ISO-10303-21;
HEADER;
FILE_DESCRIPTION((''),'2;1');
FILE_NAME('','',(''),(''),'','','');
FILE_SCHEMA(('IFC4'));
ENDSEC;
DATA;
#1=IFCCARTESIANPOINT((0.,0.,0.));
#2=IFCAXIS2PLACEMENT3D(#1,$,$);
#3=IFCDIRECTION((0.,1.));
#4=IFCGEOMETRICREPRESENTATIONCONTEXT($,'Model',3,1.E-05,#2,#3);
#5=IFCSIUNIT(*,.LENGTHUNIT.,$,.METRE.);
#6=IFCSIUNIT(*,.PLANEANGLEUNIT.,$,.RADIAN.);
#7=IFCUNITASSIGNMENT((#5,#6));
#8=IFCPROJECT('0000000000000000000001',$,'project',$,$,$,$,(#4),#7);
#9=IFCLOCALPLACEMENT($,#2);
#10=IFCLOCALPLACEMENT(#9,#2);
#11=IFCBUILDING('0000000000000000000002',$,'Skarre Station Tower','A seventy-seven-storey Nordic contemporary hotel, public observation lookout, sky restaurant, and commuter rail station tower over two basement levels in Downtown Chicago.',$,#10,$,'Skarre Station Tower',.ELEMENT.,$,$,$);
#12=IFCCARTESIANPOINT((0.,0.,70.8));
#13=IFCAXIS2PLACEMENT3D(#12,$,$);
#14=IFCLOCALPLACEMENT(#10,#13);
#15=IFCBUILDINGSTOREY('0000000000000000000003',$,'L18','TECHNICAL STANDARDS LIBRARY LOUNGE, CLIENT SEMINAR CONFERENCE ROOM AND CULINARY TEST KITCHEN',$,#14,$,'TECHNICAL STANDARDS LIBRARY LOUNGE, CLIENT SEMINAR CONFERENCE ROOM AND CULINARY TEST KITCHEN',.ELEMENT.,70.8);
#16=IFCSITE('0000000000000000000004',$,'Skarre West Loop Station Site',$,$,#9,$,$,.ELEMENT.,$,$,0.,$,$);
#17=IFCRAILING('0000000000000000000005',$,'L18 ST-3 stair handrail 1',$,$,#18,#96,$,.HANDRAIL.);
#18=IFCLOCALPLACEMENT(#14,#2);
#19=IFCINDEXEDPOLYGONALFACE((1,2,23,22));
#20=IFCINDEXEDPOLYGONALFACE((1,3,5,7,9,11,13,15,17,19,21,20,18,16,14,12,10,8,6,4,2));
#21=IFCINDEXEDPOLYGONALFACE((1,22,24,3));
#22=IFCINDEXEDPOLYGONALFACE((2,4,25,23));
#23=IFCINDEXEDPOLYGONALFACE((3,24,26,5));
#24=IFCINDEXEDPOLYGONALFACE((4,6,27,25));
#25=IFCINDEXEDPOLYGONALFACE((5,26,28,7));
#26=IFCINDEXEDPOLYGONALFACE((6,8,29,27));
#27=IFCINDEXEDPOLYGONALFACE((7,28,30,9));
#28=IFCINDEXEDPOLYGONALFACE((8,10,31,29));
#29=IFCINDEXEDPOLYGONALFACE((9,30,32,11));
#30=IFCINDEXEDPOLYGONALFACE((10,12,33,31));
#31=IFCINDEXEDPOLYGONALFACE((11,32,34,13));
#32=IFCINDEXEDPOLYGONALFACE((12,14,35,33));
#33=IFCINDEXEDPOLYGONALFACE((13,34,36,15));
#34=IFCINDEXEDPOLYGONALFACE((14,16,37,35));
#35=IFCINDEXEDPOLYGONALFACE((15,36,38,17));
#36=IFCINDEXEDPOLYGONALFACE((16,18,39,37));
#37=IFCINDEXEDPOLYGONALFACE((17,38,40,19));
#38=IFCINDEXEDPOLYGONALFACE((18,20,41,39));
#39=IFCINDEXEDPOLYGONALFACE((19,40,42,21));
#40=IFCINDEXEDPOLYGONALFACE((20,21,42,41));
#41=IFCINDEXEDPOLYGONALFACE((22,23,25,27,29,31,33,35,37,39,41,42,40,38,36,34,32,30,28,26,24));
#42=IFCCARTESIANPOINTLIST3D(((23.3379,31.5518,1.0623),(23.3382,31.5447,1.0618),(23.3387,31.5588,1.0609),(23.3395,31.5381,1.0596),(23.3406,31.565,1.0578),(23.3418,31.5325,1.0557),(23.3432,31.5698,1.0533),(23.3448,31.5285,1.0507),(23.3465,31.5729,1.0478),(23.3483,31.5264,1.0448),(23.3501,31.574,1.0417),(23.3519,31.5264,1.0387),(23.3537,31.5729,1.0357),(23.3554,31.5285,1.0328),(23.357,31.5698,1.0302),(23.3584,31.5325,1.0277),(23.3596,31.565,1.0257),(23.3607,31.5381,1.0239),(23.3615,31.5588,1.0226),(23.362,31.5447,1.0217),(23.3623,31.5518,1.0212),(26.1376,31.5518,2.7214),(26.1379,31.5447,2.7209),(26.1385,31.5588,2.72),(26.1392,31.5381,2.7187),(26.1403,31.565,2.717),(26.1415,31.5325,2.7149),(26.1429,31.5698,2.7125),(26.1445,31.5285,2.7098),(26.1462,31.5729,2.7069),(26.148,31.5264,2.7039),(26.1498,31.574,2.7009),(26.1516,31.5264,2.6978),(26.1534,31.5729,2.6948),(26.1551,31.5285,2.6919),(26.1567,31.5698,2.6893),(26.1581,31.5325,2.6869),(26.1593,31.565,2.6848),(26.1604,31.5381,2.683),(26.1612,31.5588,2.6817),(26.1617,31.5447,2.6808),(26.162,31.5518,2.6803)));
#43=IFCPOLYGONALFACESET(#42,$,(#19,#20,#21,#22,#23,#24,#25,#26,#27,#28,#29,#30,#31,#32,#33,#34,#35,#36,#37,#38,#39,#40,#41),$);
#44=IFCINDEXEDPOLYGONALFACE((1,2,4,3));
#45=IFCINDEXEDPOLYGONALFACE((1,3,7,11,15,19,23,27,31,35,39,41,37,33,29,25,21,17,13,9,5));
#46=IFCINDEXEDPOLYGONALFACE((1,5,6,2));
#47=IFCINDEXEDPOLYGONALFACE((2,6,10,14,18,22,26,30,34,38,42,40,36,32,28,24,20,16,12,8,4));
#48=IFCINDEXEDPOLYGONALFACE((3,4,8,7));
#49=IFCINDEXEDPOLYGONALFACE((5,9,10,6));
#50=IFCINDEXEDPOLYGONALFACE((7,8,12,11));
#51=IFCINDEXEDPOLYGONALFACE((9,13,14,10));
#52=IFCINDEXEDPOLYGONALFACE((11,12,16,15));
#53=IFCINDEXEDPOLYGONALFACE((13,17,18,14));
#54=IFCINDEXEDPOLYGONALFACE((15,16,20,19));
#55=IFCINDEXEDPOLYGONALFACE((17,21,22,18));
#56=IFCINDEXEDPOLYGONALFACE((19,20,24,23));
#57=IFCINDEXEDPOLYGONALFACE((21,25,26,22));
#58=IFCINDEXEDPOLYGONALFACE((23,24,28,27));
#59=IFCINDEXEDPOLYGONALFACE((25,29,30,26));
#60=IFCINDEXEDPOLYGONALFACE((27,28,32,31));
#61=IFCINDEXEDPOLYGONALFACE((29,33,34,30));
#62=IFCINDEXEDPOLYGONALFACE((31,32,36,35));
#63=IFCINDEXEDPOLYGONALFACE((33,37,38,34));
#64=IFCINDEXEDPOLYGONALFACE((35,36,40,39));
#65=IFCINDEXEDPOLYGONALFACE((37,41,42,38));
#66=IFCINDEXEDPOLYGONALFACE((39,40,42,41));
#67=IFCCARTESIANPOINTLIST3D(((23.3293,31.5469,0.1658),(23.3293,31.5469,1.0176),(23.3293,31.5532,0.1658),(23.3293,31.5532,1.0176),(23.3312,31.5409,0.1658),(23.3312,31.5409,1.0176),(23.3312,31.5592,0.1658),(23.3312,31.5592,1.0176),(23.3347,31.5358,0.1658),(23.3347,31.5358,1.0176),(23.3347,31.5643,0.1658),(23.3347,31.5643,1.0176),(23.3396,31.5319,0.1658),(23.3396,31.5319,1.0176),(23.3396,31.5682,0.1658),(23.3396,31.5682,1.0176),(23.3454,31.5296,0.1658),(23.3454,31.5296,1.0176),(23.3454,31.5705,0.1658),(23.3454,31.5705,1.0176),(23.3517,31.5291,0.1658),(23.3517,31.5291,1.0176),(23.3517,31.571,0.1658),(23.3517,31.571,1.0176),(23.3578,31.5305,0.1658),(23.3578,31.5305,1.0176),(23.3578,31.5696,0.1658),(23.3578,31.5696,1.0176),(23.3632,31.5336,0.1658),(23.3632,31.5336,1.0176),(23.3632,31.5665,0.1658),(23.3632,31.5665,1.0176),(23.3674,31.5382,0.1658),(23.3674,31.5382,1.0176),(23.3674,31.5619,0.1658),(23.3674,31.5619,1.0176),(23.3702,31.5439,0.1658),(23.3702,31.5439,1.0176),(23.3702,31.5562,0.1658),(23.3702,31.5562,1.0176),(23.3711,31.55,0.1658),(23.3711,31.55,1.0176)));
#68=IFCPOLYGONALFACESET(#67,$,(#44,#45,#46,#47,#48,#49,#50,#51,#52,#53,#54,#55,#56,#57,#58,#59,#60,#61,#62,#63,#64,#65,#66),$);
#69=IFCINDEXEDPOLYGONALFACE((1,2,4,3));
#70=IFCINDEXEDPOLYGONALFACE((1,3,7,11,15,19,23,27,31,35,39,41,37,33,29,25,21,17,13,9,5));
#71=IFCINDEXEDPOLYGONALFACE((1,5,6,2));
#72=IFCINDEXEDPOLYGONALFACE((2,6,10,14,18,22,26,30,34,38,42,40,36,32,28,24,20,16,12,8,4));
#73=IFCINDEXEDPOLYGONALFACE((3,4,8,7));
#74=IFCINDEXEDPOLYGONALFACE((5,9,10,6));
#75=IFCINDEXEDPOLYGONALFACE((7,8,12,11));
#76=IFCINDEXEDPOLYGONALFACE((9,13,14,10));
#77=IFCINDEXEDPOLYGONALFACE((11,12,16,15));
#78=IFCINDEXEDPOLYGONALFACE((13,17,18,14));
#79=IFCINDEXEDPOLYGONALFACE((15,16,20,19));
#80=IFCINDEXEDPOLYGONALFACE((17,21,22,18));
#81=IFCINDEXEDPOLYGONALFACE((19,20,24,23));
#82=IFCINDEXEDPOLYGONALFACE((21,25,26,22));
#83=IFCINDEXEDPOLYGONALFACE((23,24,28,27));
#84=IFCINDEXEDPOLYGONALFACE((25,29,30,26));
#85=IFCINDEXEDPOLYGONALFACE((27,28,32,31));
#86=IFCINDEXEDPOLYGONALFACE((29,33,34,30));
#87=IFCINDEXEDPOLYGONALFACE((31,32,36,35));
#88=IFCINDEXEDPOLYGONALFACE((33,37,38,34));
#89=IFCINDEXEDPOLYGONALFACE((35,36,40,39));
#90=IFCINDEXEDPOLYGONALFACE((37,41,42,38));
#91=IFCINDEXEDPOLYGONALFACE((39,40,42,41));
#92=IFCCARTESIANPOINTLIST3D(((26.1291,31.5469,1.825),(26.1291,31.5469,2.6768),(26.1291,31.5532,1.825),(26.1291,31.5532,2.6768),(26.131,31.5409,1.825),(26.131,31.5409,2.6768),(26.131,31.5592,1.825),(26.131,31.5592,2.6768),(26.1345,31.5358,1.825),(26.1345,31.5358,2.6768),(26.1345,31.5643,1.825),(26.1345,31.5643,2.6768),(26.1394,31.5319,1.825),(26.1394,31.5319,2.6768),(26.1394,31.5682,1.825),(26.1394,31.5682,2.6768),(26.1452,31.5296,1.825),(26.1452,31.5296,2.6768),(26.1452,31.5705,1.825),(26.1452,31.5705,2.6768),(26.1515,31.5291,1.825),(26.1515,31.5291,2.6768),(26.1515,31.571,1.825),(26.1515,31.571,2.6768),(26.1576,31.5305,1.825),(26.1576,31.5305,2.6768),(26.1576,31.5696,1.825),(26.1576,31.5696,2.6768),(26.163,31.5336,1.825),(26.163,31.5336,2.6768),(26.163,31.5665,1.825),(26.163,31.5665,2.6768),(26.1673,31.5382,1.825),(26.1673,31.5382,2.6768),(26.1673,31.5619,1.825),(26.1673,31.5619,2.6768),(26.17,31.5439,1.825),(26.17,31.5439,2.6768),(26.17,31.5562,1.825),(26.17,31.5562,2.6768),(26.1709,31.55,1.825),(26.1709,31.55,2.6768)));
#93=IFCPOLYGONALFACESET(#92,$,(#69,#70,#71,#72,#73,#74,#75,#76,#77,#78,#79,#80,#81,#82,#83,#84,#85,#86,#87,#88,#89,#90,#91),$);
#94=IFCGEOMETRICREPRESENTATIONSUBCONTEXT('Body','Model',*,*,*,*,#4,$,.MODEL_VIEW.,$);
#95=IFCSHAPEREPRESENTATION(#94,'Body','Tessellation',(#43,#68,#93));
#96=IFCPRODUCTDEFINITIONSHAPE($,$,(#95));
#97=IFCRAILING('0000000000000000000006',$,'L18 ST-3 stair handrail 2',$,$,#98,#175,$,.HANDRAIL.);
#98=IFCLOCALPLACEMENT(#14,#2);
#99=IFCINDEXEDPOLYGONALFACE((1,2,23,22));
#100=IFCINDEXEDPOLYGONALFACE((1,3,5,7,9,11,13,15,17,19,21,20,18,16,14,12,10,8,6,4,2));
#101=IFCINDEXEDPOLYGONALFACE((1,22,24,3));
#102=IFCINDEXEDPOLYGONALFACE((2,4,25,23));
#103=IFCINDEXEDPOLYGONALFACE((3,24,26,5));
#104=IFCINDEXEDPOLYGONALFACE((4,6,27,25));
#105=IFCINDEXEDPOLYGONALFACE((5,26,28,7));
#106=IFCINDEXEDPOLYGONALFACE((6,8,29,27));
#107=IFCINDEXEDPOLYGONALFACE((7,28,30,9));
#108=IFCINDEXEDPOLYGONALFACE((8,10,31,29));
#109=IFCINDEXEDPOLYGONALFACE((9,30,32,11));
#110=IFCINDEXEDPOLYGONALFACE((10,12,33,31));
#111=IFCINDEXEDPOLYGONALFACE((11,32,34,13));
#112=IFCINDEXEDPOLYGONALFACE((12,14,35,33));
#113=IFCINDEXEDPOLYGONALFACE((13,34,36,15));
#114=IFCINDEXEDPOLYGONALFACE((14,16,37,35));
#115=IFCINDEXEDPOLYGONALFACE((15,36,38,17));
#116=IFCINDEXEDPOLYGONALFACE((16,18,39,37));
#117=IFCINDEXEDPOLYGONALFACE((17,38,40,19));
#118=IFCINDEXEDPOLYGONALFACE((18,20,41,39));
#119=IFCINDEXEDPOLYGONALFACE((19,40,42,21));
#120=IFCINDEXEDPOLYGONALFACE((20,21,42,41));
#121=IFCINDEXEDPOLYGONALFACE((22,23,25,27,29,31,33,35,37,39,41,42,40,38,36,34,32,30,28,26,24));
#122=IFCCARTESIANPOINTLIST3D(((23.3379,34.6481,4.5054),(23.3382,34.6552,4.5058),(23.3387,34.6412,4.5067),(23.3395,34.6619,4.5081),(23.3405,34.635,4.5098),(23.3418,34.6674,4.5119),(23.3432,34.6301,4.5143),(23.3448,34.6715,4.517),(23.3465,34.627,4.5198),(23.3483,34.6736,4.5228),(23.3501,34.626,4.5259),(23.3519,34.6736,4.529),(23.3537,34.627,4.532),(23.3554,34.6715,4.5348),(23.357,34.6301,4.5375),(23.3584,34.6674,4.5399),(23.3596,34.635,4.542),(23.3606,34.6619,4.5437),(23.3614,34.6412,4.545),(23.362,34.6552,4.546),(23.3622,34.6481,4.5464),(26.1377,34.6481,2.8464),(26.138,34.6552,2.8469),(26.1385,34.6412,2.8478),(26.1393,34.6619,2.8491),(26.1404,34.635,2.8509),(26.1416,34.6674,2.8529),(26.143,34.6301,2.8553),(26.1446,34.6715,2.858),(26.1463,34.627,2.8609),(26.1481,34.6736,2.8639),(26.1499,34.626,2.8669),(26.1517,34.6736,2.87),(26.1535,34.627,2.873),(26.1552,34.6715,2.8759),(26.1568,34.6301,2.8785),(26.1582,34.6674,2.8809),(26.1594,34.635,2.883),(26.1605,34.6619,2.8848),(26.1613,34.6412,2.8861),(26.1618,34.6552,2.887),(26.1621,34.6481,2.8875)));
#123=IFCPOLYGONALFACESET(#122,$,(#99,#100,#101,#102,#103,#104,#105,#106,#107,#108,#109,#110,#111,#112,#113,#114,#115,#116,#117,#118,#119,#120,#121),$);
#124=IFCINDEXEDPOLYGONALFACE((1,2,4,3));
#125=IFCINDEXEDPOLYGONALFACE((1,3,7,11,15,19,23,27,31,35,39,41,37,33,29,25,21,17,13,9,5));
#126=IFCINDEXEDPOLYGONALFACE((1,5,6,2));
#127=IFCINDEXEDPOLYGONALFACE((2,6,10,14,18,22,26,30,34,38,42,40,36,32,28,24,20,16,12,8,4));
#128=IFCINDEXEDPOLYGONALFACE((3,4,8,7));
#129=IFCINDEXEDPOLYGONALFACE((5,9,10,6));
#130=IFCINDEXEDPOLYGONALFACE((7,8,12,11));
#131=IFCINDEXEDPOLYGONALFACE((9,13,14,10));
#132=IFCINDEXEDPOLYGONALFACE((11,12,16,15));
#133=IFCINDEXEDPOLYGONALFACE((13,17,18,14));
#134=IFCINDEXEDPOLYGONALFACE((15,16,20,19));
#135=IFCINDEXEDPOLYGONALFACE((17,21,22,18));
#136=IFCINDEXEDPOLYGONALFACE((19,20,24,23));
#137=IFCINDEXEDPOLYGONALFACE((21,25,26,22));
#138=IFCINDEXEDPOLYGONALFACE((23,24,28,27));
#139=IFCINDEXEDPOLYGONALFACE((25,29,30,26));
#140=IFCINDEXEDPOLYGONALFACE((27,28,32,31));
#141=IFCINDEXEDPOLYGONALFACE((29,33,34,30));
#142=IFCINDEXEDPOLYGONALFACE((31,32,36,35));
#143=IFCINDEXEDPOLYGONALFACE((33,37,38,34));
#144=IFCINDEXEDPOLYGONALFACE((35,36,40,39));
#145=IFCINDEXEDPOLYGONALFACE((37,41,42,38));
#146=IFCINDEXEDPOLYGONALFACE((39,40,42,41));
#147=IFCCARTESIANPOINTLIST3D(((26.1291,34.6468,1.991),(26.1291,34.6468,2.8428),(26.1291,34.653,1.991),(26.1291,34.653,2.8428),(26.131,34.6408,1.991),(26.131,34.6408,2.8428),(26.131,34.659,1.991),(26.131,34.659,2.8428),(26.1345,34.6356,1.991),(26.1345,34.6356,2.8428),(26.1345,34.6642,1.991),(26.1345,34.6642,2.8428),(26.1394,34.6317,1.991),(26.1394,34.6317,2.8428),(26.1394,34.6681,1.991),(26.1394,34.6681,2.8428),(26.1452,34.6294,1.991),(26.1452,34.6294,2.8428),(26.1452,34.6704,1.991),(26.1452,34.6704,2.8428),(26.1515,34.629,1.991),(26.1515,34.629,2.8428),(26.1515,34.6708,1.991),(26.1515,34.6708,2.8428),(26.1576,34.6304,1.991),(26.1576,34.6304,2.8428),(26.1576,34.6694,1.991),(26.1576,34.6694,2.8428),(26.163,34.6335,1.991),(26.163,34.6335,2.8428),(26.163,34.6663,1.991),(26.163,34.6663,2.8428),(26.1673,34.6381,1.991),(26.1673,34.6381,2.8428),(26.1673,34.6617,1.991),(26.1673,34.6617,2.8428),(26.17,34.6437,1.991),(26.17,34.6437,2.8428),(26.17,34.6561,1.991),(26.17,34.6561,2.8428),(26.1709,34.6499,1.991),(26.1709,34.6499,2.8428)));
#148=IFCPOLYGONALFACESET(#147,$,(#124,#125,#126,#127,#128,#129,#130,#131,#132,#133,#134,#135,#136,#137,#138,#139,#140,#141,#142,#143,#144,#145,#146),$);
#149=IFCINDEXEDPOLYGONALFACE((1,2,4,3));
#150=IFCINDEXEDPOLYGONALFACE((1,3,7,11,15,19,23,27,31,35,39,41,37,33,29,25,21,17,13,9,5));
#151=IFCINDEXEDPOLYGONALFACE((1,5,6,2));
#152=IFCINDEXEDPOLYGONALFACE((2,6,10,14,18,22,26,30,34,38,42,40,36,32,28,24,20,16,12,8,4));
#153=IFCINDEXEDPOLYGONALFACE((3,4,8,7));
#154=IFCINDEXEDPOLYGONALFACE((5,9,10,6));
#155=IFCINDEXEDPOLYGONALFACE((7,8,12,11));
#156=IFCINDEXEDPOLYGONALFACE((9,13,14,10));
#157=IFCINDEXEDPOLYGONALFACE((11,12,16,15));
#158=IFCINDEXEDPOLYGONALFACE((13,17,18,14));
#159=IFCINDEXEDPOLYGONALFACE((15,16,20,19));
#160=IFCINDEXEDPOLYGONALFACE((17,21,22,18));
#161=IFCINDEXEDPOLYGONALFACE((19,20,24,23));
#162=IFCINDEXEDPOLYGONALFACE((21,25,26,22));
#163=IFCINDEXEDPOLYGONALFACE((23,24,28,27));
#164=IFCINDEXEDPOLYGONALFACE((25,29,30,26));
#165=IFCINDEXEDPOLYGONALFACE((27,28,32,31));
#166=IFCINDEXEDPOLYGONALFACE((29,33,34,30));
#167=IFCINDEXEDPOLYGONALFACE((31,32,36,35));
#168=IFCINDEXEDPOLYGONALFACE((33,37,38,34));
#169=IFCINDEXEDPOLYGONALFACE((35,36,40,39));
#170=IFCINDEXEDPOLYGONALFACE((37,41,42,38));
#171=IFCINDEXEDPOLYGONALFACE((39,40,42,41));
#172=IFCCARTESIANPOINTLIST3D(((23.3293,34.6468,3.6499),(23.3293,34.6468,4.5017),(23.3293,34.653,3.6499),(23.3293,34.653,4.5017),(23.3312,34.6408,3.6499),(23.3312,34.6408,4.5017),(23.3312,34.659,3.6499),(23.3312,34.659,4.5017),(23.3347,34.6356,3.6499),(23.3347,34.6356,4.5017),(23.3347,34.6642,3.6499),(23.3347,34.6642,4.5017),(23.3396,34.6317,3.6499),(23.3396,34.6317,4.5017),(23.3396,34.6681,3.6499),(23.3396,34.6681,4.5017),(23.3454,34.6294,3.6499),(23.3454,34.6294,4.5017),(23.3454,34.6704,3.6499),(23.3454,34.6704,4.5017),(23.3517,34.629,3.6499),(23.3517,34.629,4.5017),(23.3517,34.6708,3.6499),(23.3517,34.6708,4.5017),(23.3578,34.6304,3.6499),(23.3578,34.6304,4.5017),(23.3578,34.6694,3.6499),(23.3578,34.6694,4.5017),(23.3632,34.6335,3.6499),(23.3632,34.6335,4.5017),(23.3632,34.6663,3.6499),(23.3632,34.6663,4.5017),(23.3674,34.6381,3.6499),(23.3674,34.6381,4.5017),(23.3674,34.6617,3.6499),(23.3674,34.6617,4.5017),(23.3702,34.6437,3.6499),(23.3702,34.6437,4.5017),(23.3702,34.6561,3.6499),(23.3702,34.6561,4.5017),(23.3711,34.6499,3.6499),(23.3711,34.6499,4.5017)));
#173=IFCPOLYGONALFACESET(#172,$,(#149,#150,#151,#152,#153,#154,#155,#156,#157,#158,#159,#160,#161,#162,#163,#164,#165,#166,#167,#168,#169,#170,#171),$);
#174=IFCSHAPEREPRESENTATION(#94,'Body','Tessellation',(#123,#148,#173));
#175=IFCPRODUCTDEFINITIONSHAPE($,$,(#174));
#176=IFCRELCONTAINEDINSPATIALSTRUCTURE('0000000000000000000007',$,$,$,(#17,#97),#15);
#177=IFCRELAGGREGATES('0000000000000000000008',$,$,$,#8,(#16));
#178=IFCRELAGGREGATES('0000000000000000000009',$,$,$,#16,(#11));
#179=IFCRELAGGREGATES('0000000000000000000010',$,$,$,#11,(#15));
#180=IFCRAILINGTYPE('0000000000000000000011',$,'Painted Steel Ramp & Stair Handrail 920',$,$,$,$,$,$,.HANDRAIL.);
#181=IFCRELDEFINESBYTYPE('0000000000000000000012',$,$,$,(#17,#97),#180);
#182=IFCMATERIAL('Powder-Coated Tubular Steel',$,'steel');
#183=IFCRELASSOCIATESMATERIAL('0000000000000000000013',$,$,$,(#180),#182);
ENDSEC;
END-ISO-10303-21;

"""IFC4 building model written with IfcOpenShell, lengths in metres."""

from ifc_helpers import new_model, si_unit, direction, frame, origin, origin_2d, place, context, subcontext, project, spatial, circle, extrude, material, type_object, element, save


model = new_model("IFC4")

# Units and contexts
model_context = context("Model", 3, precision=1e-05, world=origin(), true_north=direction((0.0, 1.0)))
body_context = subcontext(model_context, "Body", "Model", "MODEL_VIEW")
ifc_project = project(units=[si_unit("LENGTHUNIT", "METRE"), si_unit("PLANEANGLEUNIT", "RADIAN")], contexts=[model_context])

# Site, building, storey
site_placement = place(None, origin())
site = spatial("IfcSite", under=ifc_project, at=site_placement, Name="Skarre West Loop Station Site", CompositionType="ELEMENT", RefElevation=0.0)
building_placement = place(site_placement, origin())
building = spatial("IfcBuilding", under=site, at=building_placement, Name="Skarre Station Tower", Description="A seventy-seven-storey Nordic contemporary hotel, public observation lookout, sky restaurant, and commuter rail station tower over two basement levels in Downtown Chicago.", LongName="Skarre Station Tower", CompositionType="ELEMENT")
storey_placement = place(building_placement, frame((0.0, 0.0, 70.8)))
storey = spatial("IfcBuildingStorey", under=building, at=storey_placement, Name="L18", Description="TECHNICAL STANDARDS LIBRARY LOUNGE, CLIENT SEMINAR CONFERENCE ROOM AND CULINARY TEST KITCHEN", LongName="TECHNICAL STANDARDS LIBRARY LOUNGE, CLIENT SEMINAR CONFERENCE ROOM AND CULINARY TEST KITCHEN", CompositionType="ELEMENT", Elevation=70.8)

# Railings
ifc_material_1 = material(Name="Powder-Coated Tubular Steel", Category="steel")
railing_type_1 = type_object("IfcRailingType", Name="Painted Steel Ramp & Stair Handrail 920", PredefinedType="HANDRAIL", material=ifc_material_1)
railing_1_placement = place(storey_placement, frame((23.3501, 31.55, 0.1658)))
element("IfcRailing", 1, at=railing_1_placement, inside=storey, type_object=railing_type_1, Name="L18 ST-3 stair handrail 1", PredefinedType="HANDRAIL", context=body_context, shape_type="SweptSolid", body=[
    extrude(circle(Radius=0.0239, at=origin_2d()), frame((0.0, 0.0, 0.876), z_axis=(0.860287, 0.0, 0.509811), x_axis=(0.0, 1.0, 0.0)), (0.0, 0.0, 1.0), 3.2544),
    extrude(circle(Radius=0.021, at=origin_2d()), origin(), (0.0, 0.0, 1.0), 0.8518),
    extrude(circle(Radius=0.021, at=origin_2d()), frame((2.7998, 0.0, 1.6592)), (0.0, 0.0, 1.0), 0.8518),
])
railing_2_placement = place(storey_placement, frame((26.1499, 34.6499, 1.991)))
element("IfcRailing", 2, at=railing_2_placement, inside=storey, type_object=railing_type_1, Name="L18 ST-3 stair handrail 2", PredefinedType="HANDRAIL", context=body_context, shape_type="SweptSolid", body=[
    extrude(circle(Radius=0.0239, at=origin_2d()), frame((0.0, 0.0, 0.876), z_axis=(-0.86032, 0.0, 0.509755), x_axis=(0.0, -1.0, 0.0)), (0.0, 0.0, 1.0), 3.2544),
    extrude(circle(Radius=0.021, at=origin_2d()), origin(), (0.0, 0.0, 1.0), 0.8518),
    extrude(circle(Radius=0.021, at=origin_2d()), frame((-2.7998, 0.0, 1.6589)), (0.0, 0.0, 1.0), 0.8518),
])

save(model, "model.ifc")
